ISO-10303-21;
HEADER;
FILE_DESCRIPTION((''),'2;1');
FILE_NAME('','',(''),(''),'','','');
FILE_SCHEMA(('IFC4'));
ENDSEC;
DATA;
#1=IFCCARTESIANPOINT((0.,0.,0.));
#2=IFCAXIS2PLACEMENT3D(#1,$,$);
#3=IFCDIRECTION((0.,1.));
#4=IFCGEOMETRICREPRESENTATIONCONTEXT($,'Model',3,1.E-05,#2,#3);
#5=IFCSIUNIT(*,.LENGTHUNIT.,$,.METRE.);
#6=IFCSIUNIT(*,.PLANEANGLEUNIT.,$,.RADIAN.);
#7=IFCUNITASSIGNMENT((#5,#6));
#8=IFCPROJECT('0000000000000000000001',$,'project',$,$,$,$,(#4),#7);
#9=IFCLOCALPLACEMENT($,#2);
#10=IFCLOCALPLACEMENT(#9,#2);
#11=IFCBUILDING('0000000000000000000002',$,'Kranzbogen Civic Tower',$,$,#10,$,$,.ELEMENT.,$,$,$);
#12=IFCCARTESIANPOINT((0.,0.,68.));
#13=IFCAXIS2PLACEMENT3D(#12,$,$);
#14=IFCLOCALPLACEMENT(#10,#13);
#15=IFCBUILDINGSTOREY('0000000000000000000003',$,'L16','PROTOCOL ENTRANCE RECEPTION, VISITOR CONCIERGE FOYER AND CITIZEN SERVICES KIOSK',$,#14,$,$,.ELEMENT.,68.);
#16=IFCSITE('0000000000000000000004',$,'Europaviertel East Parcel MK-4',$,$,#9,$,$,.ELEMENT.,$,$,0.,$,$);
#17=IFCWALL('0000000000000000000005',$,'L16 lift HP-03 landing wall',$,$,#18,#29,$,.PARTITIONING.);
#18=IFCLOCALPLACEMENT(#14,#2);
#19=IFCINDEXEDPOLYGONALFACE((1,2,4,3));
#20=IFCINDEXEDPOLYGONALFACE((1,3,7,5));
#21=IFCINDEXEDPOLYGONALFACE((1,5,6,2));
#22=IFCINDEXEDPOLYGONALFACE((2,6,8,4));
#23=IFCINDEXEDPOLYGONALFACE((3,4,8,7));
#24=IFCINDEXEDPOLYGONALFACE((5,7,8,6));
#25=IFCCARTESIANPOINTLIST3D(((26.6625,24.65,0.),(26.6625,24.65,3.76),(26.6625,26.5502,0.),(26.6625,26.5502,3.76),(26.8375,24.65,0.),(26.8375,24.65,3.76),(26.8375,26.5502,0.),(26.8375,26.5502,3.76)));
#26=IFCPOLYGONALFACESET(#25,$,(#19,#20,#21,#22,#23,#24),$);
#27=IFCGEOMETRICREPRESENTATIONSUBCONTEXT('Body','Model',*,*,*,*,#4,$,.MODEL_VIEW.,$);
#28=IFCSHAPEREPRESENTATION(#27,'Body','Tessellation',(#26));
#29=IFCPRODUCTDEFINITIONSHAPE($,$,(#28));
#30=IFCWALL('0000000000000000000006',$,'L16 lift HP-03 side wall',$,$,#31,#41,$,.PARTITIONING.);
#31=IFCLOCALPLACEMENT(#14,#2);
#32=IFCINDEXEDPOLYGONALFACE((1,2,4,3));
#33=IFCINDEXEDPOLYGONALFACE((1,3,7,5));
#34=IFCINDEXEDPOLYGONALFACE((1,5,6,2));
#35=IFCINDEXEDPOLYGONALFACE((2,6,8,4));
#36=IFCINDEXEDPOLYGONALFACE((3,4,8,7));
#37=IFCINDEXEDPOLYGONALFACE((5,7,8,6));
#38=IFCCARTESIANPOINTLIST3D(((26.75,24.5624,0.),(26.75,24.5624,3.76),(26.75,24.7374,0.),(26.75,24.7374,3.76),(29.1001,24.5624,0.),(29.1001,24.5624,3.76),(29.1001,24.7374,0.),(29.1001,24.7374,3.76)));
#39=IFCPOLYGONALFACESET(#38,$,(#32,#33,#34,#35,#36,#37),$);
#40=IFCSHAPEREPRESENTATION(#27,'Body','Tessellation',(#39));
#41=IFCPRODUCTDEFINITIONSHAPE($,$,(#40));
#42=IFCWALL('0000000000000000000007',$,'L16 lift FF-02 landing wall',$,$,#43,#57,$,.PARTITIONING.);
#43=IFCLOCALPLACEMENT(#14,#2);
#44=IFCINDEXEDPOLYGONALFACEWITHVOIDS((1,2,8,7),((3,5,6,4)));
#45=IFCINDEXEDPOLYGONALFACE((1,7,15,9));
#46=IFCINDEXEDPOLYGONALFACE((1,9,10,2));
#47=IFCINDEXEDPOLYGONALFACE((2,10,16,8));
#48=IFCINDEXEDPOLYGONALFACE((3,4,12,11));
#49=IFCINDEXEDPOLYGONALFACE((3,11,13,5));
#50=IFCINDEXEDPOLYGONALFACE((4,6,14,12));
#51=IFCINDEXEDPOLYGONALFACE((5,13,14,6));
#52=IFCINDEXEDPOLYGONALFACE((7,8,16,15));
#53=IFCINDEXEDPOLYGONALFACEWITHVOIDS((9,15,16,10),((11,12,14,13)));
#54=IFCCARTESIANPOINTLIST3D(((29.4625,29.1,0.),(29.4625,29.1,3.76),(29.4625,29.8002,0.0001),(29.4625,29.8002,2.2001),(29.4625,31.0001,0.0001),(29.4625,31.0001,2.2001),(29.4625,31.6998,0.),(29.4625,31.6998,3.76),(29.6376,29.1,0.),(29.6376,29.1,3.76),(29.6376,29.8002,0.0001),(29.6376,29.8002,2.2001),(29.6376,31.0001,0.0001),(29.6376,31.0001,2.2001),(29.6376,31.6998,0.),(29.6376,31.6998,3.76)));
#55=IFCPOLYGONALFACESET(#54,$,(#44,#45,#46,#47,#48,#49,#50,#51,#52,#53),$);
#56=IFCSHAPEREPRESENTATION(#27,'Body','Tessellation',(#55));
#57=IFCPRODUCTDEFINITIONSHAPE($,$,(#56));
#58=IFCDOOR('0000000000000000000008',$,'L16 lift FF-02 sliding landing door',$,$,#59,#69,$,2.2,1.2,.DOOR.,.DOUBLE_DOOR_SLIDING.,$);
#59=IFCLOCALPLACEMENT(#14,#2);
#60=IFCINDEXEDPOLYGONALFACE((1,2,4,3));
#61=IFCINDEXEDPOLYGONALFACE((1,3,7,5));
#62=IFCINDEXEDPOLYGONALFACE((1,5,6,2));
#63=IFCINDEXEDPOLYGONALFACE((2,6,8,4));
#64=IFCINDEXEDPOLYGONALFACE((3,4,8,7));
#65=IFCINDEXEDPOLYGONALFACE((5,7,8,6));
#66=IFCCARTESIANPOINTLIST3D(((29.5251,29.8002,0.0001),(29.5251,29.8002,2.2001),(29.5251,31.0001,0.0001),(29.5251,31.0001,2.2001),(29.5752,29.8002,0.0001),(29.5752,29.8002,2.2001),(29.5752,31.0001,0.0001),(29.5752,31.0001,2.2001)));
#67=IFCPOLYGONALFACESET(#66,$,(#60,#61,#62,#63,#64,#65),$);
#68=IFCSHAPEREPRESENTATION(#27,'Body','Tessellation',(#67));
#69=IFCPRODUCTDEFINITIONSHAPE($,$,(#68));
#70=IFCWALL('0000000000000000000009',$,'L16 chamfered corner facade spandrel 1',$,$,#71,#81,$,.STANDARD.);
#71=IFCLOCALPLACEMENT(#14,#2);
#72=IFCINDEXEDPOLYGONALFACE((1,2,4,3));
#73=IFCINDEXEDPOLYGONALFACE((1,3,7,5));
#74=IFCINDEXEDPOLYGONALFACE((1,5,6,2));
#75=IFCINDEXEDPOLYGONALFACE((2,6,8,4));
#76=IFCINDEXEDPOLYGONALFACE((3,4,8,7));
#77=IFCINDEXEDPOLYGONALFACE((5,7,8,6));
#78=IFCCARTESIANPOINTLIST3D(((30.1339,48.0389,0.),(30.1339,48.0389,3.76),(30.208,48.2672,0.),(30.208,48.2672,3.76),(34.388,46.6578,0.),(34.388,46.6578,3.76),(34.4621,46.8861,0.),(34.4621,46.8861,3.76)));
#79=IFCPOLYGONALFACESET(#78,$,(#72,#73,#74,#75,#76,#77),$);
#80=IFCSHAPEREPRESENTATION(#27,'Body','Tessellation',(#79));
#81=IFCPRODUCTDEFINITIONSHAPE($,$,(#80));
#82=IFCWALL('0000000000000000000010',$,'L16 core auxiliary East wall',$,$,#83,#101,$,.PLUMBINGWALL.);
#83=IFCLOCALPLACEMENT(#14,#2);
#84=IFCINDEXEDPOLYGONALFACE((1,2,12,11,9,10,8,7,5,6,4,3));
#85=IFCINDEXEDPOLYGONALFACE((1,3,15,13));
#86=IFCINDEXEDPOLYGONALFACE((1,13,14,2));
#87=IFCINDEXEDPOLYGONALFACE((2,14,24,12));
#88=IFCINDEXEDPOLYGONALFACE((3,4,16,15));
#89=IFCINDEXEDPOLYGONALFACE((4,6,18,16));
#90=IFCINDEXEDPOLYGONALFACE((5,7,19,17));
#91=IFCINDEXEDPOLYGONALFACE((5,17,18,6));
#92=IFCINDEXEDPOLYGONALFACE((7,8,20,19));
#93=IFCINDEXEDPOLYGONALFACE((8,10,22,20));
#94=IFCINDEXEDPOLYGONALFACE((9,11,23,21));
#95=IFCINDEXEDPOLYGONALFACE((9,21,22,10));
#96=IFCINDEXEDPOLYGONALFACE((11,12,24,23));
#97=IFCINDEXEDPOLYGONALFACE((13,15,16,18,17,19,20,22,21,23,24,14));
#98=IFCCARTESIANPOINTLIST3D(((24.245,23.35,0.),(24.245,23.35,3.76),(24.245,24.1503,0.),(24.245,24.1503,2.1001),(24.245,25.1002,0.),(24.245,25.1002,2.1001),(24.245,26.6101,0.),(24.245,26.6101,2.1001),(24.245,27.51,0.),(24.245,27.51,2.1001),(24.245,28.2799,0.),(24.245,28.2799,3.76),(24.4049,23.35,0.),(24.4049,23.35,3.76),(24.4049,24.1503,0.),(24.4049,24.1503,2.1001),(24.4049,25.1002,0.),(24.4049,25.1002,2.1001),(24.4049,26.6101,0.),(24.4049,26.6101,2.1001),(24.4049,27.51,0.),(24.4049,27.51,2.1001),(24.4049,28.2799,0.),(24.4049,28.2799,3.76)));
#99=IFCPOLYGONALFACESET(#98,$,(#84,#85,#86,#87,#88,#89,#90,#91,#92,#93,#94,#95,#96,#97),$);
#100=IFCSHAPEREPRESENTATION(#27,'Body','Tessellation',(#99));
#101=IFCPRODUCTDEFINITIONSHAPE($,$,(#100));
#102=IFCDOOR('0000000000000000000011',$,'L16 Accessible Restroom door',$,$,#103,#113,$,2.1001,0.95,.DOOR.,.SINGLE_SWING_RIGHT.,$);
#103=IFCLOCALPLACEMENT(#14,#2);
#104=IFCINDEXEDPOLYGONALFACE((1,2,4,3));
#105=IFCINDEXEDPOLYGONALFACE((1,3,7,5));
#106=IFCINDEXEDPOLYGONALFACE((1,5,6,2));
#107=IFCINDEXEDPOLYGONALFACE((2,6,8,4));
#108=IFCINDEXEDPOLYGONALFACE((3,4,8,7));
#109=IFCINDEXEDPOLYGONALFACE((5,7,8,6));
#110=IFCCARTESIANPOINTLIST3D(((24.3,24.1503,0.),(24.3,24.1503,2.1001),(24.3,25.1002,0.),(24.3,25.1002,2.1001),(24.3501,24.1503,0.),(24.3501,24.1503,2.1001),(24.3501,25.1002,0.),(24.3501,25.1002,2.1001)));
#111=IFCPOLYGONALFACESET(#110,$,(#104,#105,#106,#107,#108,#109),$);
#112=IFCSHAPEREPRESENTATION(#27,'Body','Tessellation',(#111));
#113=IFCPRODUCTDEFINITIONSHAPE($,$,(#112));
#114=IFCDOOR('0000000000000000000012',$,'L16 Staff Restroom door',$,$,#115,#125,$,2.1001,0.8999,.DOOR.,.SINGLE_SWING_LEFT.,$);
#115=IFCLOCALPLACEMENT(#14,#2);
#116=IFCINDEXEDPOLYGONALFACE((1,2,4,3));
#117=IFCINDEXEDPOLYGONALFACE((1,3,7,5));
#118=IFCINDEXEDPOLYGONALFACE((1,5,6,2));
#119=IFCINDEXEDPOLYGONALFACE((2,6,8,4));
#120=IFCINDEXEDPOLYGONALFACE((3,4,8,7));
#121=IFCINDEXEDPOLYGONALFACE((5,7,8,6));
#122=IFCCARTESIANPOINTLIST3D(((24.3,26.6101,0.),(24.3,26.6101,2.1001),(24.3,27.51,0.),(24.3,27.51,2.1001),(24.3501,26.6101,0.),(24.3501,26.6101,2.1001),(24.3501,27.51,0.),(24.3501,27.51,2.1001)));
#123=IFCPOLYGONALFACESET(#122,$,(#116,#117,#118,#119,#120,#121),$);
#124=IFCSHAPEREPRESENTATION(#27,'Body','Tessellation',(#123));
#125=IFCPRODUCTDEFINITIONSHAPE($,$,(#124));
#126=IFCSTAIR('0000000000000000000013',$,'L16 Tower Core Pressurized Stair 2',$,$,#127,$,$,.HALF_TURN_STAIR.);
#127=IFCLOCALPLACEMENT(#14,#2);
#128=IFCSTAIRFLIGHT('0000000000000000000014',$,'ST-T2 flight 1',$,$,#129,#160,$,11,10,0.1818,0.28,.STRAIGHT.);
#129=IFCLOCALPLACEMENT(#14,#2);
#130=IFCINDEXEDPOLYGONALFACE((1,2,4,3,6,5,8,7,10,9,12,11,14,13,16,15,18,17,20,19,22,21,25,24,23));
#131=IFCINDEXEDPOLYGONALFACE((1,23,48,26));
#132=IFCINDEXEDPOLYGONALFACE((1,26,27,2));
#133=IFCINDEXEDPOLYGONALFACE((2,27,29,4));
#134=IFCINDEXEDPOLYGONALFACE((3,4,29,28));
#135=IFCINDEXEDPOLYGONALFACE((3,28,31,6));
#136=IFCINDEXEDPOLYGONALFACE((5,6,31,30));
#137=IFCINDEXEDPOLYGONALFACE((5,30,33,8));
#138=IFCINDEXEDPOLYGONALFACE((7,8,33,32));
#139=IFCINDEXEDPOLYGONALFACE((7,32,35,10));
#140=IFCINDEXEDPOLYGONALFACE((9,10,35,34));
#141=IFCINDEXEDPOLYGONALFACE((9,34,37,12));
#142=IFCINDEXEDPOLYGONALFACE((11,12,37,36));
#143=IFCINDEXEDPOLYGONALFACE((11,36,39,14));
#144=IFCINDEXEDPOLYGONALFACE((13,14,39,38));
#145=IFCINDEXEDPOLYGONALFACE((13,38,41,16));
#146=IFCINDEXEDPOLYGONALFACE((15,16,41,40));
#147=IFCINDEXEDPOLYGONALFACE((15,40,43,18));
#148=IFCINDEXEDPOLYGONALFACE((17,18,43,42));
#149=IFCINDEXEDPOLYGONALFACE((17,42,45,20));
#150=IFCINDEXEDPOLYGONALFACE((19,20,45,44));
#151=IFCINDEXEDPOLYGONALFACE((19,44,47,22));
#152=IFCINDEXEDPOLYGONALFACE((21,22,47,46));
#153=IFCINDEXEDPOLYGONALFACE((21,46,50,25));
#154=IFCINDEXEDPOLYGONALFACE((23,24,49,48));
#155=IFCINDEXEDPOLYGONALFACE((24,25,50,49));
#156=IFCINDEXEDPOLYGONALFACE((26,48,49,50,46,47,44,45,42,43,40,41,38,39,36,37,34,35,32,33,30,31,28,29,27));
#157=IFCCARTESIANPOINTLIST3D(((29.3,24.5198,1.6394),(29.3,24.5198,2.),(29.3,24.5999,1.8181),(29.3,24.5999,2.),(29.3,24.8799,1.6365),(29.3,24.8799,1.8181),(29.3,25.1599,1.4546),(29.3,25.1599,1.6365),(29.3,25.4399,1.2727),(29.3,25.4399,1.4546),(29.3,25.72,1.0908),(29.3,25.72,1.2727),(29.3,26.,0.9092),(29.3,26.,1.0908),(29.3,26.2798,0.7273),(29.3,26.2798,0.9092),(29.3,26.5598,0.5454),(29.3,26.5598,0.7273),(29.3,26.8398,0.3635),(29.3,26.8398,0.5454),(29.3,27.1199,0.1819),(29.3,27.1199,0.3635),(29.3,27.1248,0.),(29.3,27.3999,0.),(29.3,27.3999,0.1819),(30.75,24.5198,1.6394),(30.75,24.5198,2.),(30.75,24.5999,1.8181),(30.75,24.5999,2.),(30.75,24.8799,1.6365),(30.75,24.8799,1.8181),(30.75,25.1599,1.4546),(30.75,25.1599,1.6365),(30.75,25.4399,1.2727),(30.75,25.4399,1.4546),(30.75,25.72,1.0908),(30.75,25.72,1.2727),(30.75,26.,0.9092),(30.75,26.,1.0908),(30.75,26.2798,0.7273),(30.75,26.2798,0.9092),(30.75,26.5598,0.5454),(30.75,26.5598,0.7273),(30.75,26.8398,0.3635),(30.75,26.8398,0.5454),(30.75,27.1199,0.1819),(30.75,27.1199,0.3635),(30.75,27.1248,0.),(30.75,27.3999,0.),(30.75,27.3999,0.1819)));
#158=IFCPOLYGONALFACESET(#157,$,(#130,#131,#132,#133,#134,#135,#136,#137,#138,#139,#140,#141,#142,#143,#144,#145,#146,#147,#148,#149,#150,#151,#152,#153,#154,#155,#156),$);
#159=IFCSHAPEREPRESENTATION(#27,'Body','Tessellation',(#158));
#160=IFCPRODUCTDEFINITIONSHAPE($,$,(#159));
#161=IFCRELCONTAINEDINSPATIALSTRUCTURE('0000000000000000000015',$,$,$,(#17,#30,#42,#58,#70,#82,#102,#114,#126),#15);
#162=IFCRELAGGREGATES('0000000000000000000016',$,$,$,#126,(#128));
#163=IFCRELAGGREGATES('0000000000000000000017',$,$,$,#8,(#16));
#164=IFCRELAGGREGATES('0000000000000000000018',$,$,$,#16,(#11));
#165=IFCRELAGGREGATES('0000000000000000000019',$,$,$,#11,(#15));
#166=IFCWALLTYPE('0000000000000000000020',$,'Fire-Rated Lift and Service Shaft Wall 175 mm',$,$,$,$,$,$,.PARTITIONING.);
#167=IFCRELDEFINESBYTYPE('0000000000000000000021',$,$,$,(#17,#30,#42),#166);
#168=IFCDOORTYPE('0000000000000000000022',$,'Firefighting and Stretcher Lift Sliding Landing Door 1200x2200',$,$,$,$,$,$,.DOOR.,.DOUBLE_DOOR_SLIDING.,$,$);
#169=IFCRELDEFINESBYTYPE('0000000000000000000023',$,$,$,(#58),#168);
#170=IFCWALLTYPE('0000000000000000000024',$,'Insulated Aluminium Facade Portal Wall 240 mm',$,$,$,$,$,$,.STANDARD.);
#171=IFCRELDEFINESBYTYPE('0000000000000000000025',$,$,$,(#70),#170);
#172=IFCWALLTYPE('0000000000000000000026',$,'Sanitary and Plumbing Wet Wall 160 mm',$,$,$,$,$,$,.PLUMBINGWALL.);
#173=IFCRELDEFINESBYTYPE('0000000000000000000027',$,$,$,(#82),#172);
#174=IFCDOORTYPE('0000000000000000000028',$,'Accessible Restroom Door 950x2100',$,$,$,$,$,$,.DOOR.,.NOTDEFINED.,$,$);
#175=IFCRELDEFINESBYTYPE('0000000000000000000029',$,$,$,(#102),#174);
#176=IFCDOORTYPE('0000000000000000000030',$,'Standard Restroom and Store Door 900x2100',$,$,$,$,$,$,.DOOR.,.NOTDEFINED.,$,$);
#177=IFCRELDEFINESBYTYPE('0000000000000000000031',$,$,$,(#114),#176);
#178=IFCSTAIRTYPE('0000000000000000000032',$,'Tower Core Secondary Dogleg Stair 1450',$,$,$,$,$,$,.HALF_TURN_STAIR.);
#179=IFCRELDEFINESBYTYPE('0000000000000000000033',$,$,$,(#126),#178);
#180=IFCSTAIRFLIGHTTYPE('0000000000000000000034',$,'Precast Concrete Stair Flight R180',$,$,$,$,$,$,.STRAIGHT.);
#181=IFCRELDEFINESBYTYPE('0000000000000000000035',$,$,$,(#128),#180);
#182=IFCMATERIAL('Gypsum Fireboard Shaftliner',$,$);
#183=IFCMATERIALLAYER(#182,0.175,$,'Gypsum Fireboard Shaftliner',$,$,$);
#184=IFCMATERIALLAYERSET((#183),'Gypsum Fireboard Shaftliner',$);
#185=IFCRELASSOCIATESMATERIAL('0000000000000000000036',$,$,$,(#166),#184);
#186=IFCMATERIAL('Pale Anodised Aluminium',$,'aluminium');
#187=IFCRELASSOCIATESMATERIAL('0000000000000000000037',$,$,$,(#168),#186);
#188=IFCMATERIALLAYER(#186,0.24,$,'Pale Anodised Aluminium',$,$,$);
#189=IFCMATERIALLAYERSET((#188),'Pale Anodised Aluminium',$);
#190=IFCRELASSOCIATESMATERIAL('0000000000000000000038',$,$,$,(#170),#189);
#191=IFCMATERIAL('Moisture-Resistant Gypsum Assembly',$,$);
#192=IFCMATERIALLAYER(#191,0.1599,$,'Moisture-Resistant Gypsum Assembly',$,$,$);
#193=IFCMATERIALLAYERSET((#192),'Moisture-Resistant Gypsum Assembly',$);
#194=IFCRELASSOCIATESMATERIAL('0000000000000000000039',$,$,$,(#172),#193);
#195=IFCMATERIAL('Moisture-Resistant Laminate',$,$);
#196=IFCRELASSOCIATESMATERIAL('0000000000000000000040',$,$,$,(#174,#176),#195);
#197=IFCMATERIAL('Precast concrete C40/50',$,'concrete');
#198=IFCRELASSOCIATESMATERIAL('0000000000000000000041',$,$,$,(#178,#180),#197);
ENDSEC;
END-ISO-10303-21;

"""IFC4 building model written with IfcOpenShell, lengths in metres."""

from ifc_helpers import new_model, si_unit, direction, frame, frame_2d, origin, place, context, subcontext, project, spatial, polyline, rectangle, outline, extrude, material, layer, layer_set, type_object, element, fill, aggregate, save


model = new_model("IFC4")

# Units and contexts
model_context = context("Model", 3, precision=1e-05, world=origin(), true_north=direction((0.0, 1.0)))
body_context = subcontext(model_context, "Body", "Model", "MODEL_VIEW")
ifc_project = project(units=[si_unit("LENGTHUNIT", "METRE"), si_unit("PLANEANGLEUNIT", "RADIAN")], contexts=[model_context])

# Site, building, storey
site_placement = place(None, origin())
site = spatial("IfcSite", under=ifc_project, at=site_placement, Name="Europaviertel East Parcel MK-4", CompositionType="ELEMENT", RefElevation=0.0)
building_placement = place(site_placement, origin())
building = spatial("IfcBuilding", under=site, at=building_placement, Name="Kranzbogen Civic Tower", CompositionType="ELEMENT")
storey_placement = place(building_placement, frame((0.0, 0.0, 68.0)))
storey = spatial("IfcBuildingStorey", under=building, at=storey_placement, Name="L16", Description="PROTOCOL ENTRANCE RECEPTION, VISITOR CONCIERGE FOYER AND CITIZEN SERVICES KIOSK", CompositionType="ELEMENT", Elevation=68.0)

# Shared definitions
ifc_material_1 = material(Name="Pale Anodised Aluminium", Category="aluminium")

# Walls
ifc_material_2 = material(Name="Gypsum Fireboard Shaftliner")
ifc_layer_1 = layer(ifc_material_2, 0.175, Name="Gypsum Fireboard Shaftliner")
ifc_layer_set_1 = layer_set([ifc_layer_1], Name="Gypsum Fireboard Shaftliner")
wall_type_1 = type_object("IfcWallType", Name="Fire-Rated Lift and Service Shaft Wall 175 mm", PredefinedType="PARTITIONING", material=ifc_layer_set_1)
wall_1_placement = place(storey_placement, frame((26.75, 24.6499, 0.0), z_axis=(0.0, 0.0, 1.0), x_axis=(0.0, 1.0, 0.0)))
element("IfcWall", 1, at=wall_1_placement, inside=storey, type_object=wall_type_1, Name="L16 lift HP-03 landing wall", PredefinedType="PARTITIONING", context=body_context, shape_type="SweptSolid", body=[
    extrude(rectangle(XDim=1.9001, YDim=0.175, at=frame_2d((0.9502, 0.0))), origin(), (0.0, 0.0, 1.0), 3.76),
])
wall_2_placement = place(storey_placement, frame((26.75, 24.6499, 0.0), z_axis=(0.0, 0.0, 1.0), x_axis=(1.0, 0.0, 0.0)))
element("IfcWall", 2, at=wall_2_placement, inside=storey, type_object=wall_type_1, Name="L16 lift HP-03 side wall", PredefinedType="PARTITIONING", context=body_context, shape_type="SweptSolid", body=[
    extrude(rectangle(XDim=2.3501, YDim=0.175, at=frame_2d((1.175, 0.0))), origin(), (0.0, 0.0, 1.0), 3.76),
])

# Wall, opening, door
wall_3_placement = place(storey_placement, frame((29.55, 29.1001, 0.0), z_axis=(0.0, 0.0, 1.0), x_axis=(0.0, 1.0, 0.0)))
wall_3 = element("IfcWall", 3, at=wall_3_placement, inside=storey, type_object=wall_type_1, Name="L16 lift FF-02 landing wall", PredefinedType="PARTITIONING", context=body_context, shape_type="SweptSolid", body=[
    extrude(rectangle(XDim=2.5999, YDim=0.175, at=frame_2d((1.2998, 0.0))), origin(), (0.0, 0.0, 1.0), 3.76),
])
opening_1_placement = place(wall_3_placement, frame((0.7, 0.0, 0.0)))
opening_1 = element("IfcOpeningElement", 4, at=opening_1_placement, cuts=wall_3, PredefinedType="OPENING", context=body_context, shape_type="SweptSolid", body=[
    extrude(rectangle(XDim=1.2, YDim=2.2, at=frame_2d((0.6001, 1.1001))), frame((0.0, 0.0977, 0.0), z_axis=(0.0, -1.0, 0.0), x_axis=(1.0, 0.0, 0.0)), (0.0, 0.0, 1.0), 0.1951),
])
door_type_1 = type_object("IfcDoorType", Name="Firefighting and Stretcher Lift Sliding Landing Door 1200x2200", OperationType="DOUBLE_DOOR_SLIDING", PredefinedType="DOOR", material=ifc_material_1)
door_1_placement = place(opening_1_placement, origin())
door_1 = element("IfcDoor", 5, at=door_1_placement, inside=storey, type_object=door_type_1, Name="L16 lift FF-02 sliding landing door", OperationType="DOUBLE_DOOR_SLIDING", OverallHeight=2.2, OverallWidth=1.2, PredefinedType="DOOR", context=body_context, shape_type="SweptSolid", body=[
    extrude(rectangle(XDim=1.2, YDim=2.2, at=frame_2d((0.6001, 1.1001))), frame((0.0, 0.0249, 0.0), z_axis=(0.0, -1.0, 0.0), x_axis=(1.0, 0.0, 0.0)), (0.0, 0.0, 1.0), 0.05),
])
fill(opening_1, door_1)

# Wall
ifc_layer_2 = layer(ifc_material_1, 0.24, Name="Pale Anodised Aluminium")
ifc_layer_set_2 = layer_set([ifc_layer_2], Name="Pale Anodised Aluminium")
wall_type_2 = type_object("IfcWallType", Name="Insulated Aluminium Facade Portal Wall 240 mm", PredefinedType="STANDARD", material=ifc_layer_set_2)
wall_4_placement = place(storey_placement, frame((34.425, 46.772, 0.0), z_axis=(0.0, 0.0, 1.0), x_axis=(-0.951132, 0.308784, 0.0)))
element("IfcWall", 6, at=wall_4_placement, inside=storey, type_object=wall_type_2, Name="L16 chamfered corner facade spandrel 1", PredefinedType="STANDARD", context=body_context, shape_type="SweptSolid", body=[
    extrude(rectangle(XDim=4.4727, YDim=0.24, at=frame_2d((2.2363, 0.0))), origin(), (0.0, 0.0, 1.0), 3.76),
])

# Wall, openings, doors
ifc_material_3 = material(Name="Moisture-Resistant Gypsum Assembly")
ifc_layer_3 = layer(ifc_material_3, 0.1599, Name="Moisture-Resistant Gypsum Assembly")
ifc_layer_set_3 = layer_set([ifc_layer_3], Name="Moisture-Resistant Gypsum Assembly")
wall_type_3 = type_object("IfcWallType", Name="Sanitary and Plumbing Wet Wall 160 mm", PredefinedType="PLUMBINGWALL", material=ifc_layer_set_3)
wall_5_placement = place(storey_placement, frame((24.325, 23.3501, 0.0), z_axis=(0.0, 0.0, 1.0), x_axis=(0.0, 1.0, 0.0)))
wall_5 = element("IfcWall", 7, at=wall_5_placement, inside=storey, type_object=wall_type_3, Name="L16 core auxiliary East wall", PredefinedType="PLUMBINGWALL", context=body_context, shape_type="SweptSolid", body=[
    extrude(rectangle(XDim=4.9299, YDim=0.1599, at=frame_2d((2.4648, 0.0))), origin(), (0.0, 0.0, 1.0), 3.76),
])
opening_2_placement = place(wall_5_placement, frame((0.8, 0.0, 0.0)))
opening_2 = element("IfcOpeningElement", 8, at=opening_2_placement, cuts=wall_5, PredefinedType="OPENING", context=body_context, shape_type="SweptSolid", body=[
    extrude(rectangle(XDim=0.95, YDim=2.1001, at=frame_2d((0.4751, 1.05))), frame((0.0, 0.0898, 0.0), z_axis=(0.0, -1.0, 0.0), x_axis=(1.0, 0.0, 0.0)), (0.0, 0.0, 1.0), 0.1799),
])
opening_3_placement = place(wall_5_placement, frame((3.26, 0.0, 0.0)))
opening_3 = element("IfcOpeningElement", 9, at=opening_3_placement, cuts=wall_5, PredefinedType="OPENING", context=body_context, shape_type="SweptSolid", body=[
    extrude(rectangle(XDim=0.8999, YDim=2.1001, at=frame_2d((0.45, 1.05))), frame((0.0, 0.0898, 0.0), z_axis=(0.0, -1.0, 0.0), x_axis=(1.0, 0.0, 0.0)), (0.0, 0.0, 1.0), 0.1799),
])
ifc_material_4 = material(Name="Moisture-Resistant Laminate")
door_type_2 = type_object("IfcDoorType", Name="Accessible Restroom Door 950x2100", OperationType="NOTDEFINED", PredefinedType="DOOR", material=ifc_material_4)
door_2_placement = place(opening_2_placement, origin())
door_2 = element("IfcDoor", 10, at=door_2_placement, inside=storey, type_object=door_type_2, Name="L16 Accessible Restroom door", OperationType="SINGLE_SWING_RIGHT", OverallHeight=2.1001, OverallWidth=0.95, PredefinedType="DOOR", context=body_context, shape_type="SweptSolid", body=[
    extrude(rectangle(XDim=0.95, YDim=2.1001, at=frame_2d((0.4751, 1.05))), frame((0.0, 0.0249, 0.0), z_axis=(0.0, -1.0, 0.0), x_axis=(1.0, 0.0, 0.0)), (0.0, 0.0, 1.0), 0.05),
])
fill(opening_2, door_2)
door_type_3 = type_object("IfcDoorType", Name="Standard Restroom and Store Door 900x2100", OperationType="NOTDEFINED", PredefinedType="DOOR", material=ifc_material_4)
door_3_placement = place(opening_3_placement, origin())
door_3 = element("IfcDoor", 11, at=door_3_placement, inside=storey, type_object=door_type_3, Name="L16 Staff Restroom door", OperationType="SINGLE_SWING_LEFT", OverallHeight=2.1001, OverallWidth=0.8999, PredefinedType="DOOR", context=body_context, shape_type="SweptSolid", body=[
    extrude(rectangle(XDim=0.8999, YDim=2.1001, at=frame_2d((0.45, 1.05))), frame((0.0, 0.0249, 0.0), z_axis=(0.0, -1.0, 0.0), x_axis=(1.0, 0.0, 0.0)), (0.0, 0.0, 1.0), 0.05),
])
fill(opening_3, door_3)

# Stair, stair flight
ifc_material_5 = material(Name="Precast concrete C40/50", Category="concrete")
stair_type = type_object("IfcStairType", Name="Tower Core Secondary Dogleg Stair 1450", PredefinedType="HALF_TURN_STAIR", material=ifc_material_5)
stair_placement = place(storey_placement, origin())
stair = element("IfcStair", 12, at=stair_placement, inside=storey, type_object=stair_type, Name="L16 Tower Core Pressurized Stair 2", PredefinedType="HALF_TURN_STAIR")
stair_flight_type = type_object("IfcStairFlightType", Name="Precast Concrete Stair Flight R180", PredefinedType="STRAIGHT", material=ifc_material_5)
stair_flight_1_placement = place(storey_placement, frame((30.0249, 27.3999, 0.0), z_axis=(0.0, 0.0, 1.0), x_axis=(0.0, -1.0, 0.0)))
stair_flight_1 = element("IfcStairFlight", 13, at=stair_flight_1_placement, type_object=stair_flight_type, Name="ST-T2 flight 1", NumberOfRisers=11, NumberOfTreads=10, PredefinedType="STRAIGHT", RiserHeight=0.1818, TreadLength=0.28, context=body_context, shape_type="SweptSolid", body=[
    extrude(outline(polyline([(0.0, 0.0), (0.0, 0.1819), (0.28, 0.1819), (0.28, 0.3635), (0.5601, 0.3635), (0.5601, 0.5454), (0.8401, 0.5454), (0.8401, 0.7273), (1.1201, 0.7273), (1.1201, 0.9092), (1.3999, 0.9092), (1.3999, 1.0908), (1.6799, 1.0908), (1.6799, 1.2727), (1.96, 1.2727), (1.96, 1.4546), (2.24, 1.4546), (2.24, 1.6365), (2.52, 1.6365), (2.52, 1.8181), (2.8, 1.8181), (2.8, 2.0), (2.8801, 2.0), (2.8801, 1.6394), (0.2751, 0.0), (0.0, 0.0)])), frame((0.0, 0.7251, 0.0), z_axis=(0.0, -1.0, 0.0), x_axis=(1.0, 0.0, 0.0)), (0.0, 0.0, 1.0), 1.45),
])
aggregate(stair, [stair_flight_1])

save(model, "model.ifc")
